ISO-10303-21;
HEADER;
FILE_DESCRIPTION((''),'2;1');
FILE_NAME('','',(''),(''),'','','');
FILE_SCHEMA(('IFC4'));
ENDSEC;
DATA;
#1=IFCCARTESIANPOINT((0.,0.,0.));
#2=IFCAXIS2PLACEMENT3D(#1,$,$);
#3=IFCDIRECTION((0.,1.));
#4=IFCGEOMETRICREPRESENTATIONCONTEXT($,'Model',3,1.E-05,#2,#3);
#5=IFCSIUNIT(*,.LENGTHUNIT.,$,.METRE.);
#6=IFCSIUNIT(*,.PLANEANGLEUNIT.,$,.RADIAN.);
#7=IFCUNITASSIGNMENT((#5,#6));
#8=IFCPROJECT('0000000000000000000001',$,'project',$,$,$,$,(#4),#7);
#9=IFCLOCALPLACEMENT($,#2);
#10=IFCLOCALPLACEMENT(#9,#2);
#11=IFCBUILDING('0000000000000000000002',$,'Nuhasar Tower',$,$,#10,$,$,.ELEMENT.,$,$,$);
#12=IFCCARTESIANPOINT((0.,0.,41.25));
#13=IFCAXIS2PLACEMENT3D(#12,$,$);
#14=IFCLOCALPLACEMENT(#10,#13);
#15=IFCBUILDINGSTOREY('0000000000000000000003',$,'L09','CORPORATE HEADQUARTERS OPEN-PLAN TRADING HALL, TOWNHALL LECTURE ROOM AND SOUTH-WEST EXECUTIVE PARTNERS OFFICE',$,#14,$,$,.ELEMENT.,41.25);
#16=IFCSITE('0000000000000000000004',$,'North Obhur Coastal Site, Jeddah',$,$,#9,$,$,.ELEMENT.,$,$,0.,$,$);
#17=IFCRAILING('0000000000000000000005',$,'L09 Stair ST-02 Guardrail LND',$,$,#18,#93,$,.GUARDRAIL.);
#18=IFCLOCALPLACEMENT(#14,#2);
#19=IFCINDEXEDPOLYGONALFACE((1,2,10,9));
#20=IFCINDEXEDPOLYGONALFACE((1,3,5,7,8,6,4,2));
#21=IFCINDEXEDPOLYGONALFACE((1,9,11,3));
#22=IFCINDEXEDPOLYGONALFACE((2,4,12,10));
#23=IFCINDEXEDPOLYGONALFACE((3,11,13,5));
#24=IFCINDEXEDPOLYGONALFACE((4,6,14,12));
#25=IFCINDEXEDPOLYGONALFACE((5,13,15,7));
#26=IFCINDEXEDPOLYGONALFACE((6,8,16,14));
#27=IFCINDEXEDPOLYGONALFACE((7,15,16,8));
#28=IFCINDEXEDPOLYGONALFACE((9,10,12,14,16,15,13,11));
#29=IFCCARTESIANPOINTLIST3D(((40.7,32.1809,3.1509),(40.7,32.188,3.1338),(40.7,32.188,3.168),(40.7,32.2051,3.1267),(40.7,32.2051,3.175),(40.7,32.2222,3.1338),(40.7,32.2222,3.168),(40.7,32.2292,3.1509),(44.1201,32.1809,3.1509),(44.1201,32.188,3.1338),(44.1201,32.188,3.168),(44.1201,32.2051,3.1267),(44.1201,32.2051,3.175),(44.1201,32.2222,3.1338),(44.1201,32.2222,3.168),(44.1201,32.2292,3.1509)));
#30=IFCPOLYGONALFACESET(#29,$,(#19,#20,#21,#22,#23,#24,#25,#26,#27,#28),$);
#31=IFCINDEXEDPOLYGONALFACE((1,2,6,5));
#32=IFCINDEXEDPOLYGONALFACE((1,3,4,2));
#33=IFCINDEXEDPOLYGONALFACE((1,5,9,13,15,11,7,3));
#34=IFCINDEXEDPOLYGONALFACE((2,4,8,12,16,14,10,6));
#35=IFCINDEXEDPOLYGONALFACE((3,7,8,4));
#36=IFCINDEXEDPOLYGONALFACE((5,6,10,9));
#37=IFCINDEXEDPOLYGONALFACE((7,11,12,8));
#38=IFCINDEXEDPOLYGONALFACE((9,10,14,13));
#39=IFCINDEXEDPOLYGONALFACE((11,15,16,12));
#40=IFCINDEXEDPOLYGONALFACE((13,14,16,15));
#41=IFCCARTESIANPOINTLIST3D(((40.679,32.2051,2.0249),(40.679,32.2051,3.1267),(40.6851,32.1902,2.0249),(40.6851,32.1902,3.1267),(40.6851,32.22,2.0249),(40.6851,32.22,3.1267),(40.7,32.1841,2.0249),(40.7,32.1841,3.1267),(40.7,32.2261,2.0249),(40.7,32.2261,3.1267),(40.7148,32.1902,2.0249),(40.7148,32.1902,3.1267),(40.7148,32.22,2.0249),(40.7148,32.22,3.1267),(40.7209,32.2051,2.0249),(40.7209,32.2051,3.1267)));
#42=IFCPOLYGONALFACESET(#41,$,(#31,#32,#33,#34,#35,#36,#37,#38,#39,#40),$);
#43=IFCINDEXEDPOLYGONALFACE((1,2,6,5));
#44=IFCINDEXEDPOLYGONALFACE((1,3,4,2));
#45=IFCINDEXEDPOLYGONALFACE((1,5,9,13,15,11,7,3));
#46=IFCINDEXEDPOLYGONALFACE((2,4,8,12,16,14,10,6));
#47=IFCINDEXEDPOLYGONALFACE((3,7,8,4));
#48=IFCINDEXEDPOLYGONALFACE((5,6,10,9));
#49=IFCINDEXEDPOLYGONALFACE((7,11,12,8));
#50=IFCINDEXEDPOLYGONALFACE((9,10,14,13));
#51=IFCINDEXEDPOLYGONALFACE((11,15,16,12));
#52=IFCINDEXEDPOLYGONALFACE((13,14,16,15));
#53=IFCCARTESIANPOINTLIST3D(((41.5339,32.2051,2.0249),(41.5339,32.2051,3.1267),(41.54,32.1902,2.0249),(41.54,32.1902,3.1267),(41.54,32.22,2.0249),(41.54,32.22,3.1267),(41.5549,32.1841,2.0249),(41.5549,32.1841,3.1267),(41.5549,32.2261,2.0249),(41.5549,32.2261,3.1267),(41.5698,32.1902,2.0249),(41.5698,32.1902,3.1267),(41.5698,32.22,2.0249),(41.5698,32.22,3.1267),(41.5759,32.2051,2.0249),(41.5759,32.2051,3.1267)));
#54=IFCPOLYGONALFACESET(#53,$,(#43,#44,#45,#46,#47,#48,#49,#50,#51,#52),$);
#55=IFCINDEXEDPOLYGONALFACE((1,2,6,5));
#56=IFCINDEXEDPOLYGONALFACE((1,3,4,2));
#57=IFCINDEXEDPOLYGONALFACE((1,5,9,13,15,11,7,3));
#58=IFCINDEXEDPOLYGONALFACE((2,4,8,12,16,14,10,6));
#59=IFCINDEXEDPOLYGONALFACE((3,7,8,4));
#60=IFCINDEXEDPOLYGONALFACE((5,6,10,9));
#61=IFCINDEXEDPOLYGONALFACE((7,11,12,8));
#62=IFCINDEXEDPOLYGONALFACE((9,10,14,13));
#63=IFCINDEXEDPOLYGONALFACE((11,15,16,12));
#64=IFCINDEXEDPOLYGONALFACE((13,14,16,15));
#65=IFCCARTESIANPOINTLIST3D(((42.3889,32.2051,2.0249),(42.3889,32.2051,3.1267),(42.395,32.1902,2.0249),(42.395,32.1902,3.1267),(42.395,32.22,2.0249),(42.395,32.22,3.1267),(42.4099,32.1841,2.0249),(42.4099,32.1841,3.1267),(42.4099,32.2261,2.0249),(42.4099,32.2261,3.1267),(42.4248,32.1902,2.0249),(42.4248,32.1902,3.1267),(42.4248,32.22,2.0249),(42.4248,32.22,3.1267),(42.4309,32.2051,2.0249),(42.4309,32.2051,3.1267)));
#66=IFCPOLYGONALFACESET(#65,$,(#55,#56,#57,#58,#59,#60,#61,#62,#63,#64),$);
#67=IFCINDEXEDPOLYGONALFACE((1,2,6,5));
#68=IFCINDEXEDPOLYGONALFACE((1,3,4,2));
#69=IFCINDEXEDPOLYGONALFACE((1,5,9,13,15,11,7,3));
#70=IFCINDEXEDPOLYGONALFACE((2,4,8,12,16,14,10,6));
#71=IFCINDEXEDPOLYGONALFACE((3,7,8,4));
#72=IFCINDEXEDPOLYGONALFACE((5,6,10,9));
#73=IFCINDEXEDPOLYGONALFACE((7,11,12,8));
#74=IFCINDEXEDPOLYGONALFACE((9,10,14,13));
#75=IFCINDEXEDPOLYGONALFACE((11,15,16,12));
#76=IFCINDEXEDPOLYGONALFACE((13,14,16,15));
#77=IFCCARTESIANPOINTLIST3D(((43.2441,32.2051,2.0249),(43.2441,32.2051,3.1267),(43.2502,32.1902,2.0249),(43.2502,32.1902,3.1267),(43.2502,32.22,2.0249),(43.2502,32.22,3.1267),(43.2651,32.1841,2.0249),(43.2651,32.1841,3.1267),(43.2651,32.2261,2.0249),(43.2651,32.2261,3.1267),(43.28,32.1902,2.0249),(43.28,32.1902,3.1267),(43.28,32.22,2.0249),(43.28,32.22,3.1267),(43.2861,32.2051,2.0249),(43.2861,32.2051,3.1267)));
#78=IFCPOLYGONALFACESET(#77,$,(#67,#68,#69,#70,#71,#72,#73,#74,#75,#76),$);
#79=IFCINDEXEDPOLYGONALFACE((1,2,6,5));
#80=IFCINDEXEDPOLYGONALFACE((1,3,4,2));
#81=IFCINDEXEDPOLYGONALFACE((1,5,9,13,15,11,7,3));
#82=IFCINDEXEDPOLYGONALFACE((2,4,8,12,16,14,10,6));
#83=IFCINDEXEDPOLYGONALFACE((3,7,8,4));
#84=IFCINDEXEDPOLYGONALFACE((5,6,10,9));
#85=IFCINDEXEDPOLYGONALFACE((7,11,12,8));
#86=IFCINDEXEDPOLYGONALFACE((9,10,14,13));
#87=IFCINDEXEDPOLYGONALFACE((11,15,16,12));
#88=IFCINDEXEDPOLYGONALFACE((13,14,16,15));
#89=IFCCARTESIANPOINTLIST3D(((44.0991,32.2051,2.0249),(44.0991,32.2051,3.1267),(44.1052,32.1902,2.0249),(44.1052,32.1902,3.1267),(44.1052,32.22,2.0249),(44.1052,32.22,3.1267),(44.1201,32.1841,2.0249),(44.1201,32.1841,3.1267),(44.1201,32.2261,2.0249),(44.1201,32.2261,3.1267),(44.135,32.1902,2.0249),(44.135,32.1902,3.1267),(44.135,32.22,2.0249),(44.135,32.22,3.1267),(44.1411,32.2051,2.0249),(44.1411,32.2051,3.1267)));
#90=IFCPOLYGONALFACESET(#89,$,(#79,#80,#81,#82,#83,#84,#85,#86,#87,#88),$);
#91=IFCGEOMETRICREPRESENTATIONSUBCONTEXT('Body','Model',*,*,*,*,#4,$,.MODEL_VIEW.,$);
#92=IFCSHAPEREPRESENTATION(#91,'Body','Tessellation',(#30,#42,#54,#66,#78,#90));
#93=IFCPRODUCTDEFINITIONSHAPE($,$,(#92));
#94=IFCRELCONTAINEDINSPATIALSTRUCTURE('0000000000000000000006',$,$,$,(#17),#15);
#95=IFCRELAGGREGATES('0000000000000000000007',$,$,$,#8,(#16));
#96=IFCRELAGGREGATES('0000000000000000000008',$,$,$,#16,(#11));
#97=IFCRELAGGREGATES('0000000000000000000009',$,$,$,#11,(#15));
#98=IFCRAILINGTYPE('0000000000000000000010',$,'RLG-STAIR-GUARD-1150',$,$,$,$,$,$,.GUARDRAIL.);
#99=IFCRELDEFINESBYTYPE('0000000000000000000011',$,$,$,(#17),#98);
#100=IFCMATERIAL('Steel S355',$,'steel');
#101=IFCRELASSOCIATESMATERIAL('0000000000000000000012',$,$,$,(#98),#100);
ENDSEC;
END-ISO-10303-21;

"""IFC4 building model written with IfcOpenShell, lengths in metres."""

from ifc_helpers import new_model, si_unit, direction, frame, origin, place, context, subcontext, project, spatial, polyline, outline, extrude, material, type_object, element, save


model = new_model("IFC4")

# Units and contexts
model_context = context("Model", 3, precision=1e-05, world=origin(), true_north=direction((0.0, 1.0)))
body_context = subcontext(model_context, "Body", "Model", "MODEL_VIEW")
ifc_project = project(units=[si_unit("LENGTHUNIT", "METRE"), si_unit("PLANEANGLEUNIT", "RADIAN")], contexts=[model_context])

# Site, building, storey
site_placement = place(None, origin())
site = spatial("IfcSite", under=ifc_project, at=site_placement, Name="North Obhur Coastal Site, Jeddah", CompositionType="ELEMENT", RefElevation=0.0)
building_placement = place(site_placement, origin())
building = spatial("IfcBuilding", under=site, at=building_placement, Name="Nuhasar Tower", CompositionType="ELEMENT")
storey_placement = place(building_placement, frame((0.0, 0.0, 41.25)))
storey = spatial("IfcBuildingStorey", under=building, at=storey_placement, Name="L09", Description="CORPORATE HEADQUARTERS OPEN-PLAN TRADING HALL, TOWNHALL LECTURE ROOM AND SOUTH-WEST EXECUTIVE PARTNERS OFFICE", CompositionType="ELEMENT", Elevation=41.25)

# Shared definitions
ifc_material_1 = material(Name="Steel S355", Category="steel")

# Railing
railing_type_1 = type_object("IfcRailingType", Name="RLG-STAIR-GUARD-1150", PredefinedType="GUARDRAIL", material=ifc_material_1)
railing_1_placement = place(storey_placement, frame((40.7, 32.2051, 2.0249)))
element("IfcRailing", 1, at=railing_1_placement, inside=storey, type_object=railing_type_1, Name="L09 Stair ST-02 Guardrail LND", PredefinedType="GUARDRAIL", context=body_context, shape_type="SweptSolid", body=[
    extrude(outline(polyline([(0.0242, 0.0), (0.0171, 0.0171), (0.0, 0.0242), (-0.0171, 0.0171), (-0.0242, 0.0), (-0.0171, -0.0171), (0.0, -0.0242), (0.0171, -0.0171), (0.0242, 0.0)])), frame((0.0, 0.0, 1.126), z_axis=(1.0, 0.0, 0.0), x_axis=(0.0, 1.0, 0.0)), (0.0, 0.0, 1.0), 3.4202),
    extrude(outline(polyline([(0.021, 0.0), (0.0149, 0.0149), (0.0, 0.021), (-0.0149, 0.0149), (-0.021, 0.0), (-0.0149, -0.0149), (0.0, -0.021), (0.0149, -0.0149), (0.021, 0.0)])), origin(), (0.0, 0.0, 1.0), 1.1018),
    extrude(outline(polyline([(0.021, 0.0), (0.0149, 0.0149), (0.0, 0.021), (-0.0149, 0.0149), (-0.021, 0.0), (-0.0149, -0.0149), (0.0, -0.021), (0.0149, -0.0149), (0.021, 0.0)])), frame((0.855, 0.0, 0.0)), (0.0, 0.0, 1.0), 1.1018),
    extrude(outline(polyline([(0.021, 0.0), (0.0149, 0.0149), (0.0, 0.021), (-0.0149, 0.0149), (-0.021, 0.0), (-0.0149, -0.0149), (0.0, -0.021), (0.0149, -0.0149), (0.021, 0.0)])), frame((1.71, 0.0, 0.0)), (0.0, 0.0, 1.0), 1.1018),
    extrude(outline(polyline([(0.021, 0.0), (0.0149, 0.0149), (0.0, 0.021), (-0.0149, 0.0149), (-0.021, 0.0), (-0.0149, -0.0149), (0.0, -0.021), (0.0149, -0.0149), (0.021, 0.0)])), frame((2.5652, 0.0, 0.0)), (0.0, 0.0, 1.0), 1.1018),
    extrude(outline(polyline([(0.021, 0.0), (0.0149, 0.0149), (0.0, 0.021), (-0.0149, 0.0149), (-0.021, 0.0), (-0.0149, -0.0149), (0.0, -0.021), (0.0149, -0.0149), (0.021, 0.0)])), frame((3.4202, 0.0, 0.0)), (0.0, 0.0, 1.0), 1.1018),
])

save(model, "model.ifc")
